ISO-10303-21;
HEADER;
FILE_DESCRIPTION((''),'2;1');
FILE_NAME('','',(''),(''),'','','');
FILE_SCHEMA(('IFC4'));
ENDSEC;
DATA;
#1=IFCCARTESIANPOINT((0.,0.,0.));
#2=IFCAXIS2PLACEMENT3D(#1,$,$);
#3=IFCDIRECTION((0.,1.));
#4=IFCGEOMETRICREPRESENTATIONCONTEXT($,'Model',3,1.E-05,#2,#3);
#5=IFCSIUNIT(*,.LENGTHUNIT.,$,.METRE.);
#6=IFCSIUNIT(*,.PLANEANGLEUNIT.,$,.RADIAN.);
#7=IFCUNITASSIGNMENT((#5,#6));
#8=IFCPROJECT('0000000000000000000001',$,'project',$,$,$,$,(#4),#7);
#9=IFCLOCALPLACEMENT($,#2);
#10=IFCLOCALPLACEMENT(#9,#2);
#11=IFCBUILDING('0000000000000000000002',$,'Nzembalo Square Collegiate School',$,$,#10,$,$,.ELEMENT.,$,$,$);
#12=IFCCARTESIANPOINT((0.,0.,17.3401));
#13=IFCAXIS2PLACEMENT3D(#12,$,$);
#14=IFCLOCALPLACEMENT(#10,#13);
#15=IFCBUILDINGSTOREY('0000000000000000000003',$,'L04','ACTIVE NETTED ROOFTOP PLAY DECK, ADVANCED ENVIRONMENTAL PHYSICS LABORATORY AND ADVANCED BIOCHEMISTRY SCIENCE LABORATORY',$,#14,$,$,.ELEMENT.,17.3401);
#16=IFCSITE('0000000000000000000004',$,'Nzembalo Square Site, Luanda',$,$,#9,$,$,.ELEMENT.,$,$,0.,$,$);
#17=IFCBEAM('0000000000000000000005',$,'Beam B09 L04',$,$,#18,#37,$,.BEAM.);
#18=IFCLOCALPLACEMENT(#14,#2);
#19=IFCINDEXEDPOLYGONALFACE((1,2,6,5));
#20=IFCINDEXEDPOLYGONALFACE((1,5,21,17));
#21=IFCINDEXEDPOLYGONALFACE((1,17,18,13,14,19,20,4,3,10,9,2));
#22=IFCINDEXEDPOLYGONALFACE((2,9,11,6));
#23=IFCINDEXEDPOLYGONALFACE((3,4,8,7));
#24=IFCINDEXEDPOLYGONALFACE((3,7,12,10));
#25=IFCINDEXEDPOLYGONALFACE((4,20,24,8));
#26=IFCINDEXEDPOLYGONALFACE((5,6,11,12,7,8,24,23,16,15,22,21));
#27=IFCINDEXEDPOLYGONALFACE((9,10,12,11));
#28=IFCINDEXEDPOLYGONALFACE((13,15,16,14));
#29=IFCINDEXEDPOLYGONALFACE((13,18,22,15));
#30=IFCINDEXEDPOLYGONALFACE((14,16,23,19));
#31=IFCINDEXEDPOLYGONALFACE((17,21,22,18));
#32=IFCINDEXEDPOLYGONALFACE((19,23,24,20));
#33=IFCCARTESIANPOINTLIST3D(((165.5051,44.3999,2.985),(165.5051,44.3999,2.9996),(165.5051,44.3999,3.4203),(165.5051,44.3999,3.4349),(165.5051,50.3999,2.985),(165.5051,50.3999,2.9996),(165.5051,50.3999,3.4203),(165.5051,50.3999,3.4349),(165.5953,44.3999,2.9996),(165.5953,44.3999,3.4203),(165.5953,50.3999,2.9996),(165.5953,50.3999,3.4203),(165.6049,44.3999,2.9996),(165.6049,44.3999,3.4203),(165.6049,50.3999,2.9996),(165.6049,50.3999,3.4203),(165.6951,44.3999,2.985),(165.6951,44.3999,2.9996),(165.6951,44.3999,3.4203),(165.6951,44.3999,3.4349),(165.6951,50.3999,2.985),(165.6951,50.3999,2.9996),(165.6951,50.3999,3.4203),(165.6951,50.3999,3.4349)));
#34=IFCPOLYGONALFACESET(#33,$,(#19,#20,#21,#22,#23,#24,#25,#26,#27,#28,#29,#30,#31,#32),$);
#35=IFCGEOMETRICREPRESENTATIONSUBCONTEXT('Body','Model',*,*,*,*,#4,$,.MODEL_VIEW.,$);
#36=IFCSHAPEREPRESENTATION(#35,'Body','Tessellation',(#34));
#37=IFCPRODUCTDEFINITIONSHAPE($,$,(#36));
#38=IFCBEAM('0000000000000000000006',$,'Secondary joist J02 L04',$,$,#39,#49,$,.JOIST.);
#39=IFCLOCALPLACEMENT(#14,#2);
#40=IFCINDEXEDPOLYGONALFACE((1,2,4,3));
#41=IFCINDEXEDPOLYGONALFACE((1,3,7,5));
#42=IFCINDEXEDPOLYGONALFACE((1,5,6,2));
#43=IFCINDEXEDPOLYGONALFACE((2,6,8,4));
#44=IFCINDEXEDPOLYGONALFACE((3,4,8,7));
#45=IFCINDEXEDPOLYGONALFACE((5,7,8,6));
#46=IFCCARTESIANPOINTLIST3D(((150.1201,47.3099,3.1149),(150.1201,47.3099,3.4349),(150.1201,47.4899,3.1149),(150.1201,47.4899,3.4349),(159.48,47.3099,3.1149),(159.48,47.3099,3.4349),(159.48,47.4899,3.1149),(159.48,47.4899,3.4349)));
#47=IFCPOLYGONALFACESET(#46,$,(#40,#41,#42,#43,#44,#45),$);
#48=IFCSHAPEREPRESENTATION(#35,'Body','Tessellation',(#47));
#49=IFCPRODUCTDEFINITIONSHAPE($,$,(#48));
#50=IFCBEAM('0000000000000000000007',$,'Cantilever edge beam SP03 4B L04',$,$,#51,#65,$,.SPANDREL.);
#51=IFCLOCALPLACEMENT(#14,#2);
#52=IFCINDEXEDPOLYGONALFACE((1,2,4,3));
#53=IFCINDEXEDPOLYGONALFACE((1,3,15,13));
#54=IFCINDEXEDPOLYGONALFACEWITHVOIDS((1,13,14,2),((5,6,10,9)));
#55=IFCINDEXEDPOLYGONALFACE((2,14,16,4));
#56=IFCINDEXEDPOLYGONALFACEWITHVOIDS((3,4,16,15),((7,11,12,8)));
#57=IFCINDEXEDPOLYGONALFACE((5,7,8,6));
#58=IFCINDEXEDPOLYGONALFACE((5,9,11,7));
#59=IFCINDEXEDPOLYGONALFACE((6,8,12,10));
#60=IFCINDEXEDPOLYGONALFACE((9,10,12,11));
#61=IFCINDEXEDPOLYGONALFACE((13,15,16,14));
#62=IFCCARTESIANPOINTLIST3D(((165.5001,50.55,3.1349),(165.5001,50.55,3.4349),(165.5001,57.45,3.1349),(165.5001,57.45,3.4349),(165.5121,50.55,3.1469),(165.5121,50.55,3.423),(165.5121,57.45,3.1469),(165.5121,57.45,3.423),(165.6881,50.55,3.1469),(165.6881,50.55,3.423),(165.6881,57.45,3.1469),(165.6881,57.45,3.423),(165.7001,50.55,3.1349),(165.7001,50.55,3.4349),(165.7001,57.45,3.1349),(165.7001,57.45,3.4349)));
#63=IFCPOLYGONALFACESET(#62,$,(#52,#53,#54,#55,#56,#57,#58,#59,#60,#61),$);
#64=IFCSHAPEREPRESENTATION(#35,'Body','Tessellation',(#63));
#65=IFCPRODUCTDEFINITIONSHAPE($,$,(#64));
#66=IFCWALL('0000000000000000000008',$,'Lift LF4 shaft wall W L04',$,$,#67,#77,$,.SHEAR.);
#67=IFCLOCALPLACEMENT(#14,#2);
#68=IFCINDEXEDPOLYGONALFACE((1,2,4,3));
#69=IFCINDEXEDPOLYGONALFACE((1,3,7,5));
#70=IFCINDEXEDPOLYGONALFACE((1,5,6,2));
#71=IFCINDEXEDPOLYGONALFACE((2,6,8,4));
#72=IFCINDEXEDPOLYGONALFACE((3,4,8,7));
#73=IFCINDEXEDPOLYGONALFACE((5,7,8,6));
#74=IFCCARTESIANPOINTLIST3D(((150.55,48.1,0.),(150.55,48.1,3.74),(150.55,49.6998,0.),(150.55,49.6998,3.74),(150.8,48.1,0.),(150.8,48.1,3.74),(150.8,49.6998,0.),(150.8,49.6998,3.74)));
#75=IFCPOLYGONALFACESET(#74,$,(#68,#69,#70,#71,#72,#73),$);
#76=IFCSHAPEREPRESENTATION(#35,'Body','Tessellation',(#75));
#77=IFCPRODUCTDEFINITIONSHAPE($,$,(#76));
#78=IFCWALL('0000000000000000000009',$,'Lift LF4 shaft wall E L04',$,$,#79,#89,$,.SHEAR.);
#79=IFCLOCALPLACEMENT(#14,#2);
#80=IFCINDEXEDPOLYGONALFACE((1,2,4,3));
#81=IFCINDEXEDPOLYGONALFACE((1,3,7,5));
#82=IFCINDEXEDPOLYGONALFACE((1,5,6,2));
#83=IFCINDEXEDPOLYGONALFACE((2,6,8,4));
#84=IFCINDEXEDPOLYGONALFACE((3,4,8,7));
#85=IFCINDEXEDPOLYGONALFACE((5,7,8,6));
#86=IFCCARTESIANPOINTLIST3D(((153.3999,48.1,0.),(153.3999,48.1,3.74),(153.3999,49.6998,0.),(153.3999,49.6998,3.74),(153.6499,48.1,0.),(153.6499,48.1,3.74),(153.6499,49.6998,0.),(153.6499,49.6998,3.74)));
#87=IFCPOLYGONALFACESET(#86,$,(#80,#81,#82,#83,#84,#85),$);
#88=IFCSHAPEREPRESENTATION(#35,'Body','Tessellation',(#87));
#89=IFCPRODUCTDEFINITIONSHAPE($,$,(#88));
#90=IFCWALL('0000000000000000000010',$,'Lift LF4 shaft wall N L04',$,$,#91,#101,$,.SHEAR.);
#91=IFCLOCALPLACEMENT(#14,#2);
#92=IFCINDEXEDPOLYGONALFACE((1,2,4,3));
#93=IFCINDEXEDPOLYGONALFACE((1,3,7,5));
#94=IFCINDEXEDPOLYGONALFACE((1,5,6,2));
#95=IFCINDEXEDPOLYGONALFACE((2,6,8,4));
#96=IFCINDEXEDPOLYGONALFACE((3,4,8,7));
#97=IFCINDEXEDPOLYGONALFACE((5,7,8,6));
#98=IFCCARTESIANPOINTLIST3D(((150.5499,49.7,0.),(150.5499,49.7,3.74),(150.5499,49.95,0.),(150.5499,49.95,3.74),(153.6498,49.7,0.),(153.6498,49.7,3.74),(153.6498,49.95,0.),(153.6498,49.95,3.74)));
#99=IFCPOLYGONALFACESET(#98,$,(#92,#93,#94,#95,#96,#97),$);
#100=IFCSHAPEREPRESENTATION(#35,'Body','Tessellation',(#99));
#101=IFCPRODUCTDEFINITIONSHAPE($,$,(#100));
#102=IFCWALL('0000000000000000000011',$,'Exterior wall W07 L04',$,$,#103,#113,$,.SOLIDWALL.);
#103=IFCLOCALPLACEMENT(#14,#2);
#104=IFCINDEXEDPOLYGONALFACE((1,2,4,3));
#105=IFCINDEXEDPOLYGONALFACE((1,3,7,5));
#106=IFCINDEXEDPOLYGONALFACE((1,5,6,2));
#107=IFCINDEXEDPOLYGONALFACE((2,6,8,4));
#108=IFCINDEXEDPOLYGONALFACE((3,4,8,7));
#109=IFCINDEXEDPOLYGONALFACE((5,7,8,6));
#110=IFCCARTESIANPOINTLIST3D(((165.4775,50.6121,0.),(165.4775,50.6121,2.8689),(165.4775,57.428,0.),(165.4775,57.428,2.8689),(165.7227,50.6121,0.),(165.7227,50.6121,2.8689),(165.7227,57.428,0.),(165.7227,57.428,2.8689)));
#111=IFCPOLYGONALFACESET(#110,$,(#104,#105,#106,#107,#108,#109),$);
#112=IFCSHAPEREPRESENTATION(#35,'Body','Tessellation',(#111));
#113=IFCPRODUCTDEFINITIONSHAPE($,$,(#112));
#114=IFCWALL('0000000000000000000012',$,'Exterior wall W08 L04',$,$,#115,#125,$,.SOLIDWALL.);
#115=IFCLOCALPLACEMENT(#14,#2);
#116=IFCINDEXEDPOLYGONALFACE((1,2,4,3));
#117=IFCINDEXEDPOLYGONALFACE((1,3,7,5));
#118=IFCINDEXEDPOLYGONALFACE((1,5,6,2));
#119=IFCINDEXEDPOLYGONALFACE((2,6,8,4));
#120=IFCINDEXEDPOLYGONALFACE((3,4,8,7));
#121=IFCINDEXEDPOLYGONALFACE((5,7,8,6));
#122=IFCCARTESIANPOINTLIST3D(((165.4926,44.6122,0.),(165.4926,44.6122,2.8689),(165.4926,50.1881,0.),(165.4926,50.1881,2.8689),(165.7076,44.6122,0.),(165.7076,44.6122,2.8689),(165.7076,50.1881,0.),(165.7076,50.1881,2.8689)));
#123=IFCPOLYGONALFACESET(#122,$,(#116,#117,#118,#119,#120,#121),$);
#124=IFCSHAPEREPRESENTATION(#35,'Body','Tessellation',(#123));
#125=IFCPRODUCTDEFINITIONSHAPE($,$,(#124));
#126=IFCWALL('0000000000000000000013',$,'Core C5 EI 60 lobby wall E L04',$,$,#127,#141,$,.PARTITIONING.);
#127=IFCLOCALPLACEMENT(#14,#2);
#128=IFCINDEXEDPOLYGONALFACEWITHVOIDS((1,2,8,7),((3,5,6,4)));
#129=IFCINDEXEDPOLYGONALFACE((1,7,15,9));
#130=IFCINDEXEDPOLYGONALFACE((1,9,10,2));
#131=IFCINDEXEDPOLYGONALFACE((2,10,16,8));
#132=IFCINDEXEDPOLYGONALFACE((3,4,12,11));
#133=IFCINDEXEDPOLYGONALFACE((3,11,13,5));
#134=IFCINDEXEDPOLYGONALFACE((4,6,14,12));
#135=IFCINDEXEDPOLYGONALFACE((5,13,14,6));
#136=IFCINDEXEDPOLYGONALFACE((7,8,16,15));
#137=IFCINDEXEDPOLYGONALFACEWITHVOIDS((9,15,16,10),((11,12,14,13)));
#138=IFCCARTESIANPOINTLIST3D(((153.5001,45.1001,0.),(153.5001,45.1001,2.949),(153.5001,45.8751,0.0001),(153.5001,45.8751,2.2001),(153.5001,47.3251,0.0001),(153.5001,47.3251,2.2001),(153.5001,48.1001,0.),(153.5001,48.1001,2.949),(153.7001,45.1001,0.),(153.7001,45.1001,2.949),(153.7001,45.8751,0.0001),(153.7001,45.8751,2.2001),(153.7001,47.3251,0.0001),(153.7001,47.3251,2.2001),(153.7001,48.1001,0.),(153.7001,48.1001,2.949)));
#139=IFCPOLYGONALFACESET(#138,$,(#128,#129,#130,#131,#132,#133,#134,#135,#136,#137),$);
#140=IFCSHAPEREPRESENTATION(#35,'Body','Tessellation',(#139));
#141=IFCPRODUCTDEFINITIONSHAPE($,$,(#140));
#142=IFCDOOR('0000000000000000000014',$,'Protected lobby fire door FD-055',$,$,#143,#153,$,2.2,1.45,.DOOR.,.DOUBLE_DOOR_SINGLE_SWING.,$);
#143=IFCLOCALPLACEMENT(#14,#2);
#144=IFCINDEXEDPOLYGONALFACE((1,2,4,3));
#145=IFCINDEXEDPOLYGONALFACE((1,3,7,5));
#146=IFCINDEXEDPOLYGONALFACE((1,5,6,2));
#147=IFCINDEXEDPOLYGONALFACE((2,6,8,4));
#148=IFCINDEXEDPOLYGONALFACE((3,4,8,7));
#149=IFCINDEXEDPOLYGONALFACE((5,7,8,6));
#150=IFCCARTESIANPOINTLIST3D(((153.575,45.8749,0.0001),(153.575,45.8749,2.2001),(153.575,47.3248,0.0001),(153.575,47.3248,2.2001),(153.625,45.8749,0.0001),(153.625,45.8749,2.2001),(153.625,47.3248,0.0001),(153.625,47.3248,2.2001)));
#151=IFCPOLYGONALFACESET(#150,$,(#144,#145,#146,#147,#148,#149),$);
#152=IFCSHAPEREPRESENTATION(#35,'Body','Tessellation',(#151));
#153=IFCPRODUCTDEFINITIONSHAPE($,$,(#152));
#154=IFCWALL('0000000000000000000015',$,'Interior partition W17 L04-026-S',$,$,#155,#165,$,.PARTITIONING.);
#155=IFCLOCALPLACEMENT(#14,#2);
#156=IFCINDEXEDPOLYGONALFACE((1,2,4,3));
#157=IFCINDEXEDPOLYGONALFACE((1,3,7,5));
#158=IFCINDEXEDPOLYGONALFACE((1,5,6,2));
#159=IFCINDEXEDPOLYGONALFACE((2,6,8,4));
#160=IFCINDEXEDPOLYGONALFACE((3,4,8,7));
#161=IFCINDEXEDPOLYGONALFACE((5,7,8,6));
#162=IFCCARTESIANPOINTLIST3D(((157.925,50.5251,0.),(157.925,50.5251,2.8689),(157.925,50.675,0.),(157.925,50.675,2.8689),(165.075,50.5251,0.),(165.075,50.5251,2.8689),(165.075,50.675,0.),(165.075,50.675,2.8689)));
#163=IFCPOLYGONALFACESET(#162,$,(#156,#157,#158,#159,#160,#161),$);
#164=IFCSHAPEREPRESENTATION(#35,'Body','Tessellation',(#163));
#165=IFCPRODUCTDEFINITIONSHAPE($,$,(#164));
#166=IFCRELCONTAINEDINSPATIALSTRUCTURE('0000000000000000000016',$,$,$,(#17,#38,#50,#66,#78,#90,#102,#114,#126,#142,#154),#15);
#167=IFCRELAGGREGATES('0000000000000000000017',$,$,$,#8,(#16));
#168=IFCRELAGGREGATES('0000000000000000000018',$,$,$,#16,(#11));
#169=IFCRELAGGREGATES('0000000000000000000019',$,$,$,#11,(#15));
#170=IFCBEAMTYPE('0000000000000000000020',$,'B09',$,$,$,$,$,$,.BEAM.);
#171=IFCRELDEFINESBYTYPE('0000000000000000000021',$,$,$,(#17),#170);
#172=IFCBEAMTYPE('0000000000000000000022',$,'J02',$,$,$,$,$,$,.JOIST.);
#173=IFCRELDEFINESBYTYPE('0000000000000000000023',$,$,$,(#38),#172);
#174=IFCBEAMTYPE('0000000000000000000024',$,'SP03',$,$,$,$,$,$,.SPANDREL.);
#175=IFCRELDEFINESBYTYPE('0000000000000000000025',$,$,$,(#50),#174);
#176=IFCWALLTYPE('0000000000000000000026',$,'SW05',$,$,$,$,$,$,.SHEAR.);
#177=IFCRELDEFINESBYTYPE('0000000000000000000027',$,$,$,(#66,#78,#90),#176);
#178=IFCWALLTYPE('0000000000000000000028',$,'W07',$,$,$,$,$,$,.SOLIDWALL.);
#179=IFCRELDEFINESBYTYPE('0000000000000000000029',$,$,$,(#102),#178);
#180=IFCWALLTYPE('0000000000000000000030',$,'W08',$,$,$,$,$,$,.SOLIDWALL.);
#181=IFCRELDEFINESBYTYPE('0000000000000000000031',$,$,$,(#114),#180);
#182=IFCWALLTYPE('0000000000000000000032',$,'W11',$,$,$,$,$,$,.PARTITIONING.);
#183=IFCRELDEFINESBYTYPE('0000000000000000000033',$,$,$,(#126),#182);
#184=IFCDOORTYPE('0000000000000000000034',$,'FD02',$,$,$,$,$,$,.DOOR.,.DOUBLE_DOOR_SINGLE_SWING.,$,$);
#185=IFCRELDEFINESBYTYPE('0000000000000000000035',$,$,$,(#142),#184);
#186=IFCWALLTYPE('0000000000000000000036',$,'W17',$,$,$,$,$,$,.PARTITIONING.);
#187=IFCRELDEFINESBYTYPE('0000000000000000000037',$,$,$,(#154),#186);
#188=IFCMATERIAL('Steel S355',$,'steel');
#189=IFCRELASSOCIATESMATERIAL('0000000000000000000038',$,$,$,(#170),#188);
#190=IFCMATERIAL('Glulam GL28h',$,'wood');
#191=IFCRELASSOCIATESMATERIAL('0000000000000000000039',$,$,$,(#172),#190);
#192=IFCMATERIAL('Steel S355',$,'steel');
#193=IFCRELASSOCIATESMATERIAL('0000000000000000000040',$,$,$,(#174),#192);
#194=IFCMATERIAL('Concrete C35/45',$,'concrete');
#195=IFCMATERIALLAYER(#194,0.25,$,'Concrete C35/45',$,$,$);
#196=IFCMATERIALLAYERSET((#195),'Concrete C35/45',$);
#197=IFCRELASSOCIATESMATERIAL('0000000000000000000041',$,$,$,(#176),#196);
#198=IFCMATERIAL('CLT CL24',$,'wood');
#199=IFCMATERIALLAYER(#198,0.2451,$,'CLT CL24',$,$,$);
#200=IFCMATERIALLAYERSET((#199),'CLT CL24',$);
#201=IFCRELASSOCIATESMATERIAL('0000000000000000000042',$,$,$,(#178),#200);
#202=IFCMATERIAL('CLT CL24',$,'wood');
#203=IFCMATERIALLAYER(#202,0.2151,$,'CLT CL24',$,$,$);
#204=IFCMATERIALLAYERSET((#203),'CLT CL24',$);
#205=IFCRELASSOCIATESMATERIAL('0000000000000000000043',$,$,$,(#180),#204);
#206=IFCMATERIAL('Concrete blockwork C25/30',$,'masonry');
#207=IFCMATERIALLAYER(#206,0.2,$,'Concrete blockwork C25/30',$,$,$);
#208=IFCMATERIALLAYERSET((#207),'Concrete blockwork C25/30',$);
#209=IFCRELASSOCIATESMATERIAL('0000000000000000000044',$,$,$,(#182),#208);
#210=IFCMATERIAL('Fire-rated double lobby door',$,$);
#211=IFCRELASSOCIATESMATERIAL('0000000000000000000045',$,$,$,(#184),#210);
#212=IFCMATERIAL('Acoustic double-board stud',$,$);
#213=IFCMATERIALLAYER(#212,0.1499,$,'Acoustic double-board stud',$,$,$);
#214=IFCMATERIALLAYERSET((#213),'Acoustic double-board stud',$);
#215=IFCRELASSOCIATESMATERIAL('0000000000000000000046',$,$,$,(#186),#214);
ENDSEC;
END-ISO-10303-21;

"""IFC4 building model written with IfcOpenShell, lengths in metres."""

from ifc_helpers import new_model, si_unit, direction, frame, frame_2d, origin, origin_2d, place, context, subcontext, project, spatial, rectangle, hollow_rectangle, i_section, extrude, material, layer, layer_set, material_profile, profile_set, type_object, element, fill, save


model = new_model("IFC4")

# Units and contexts
model_context = context("Model", 3, precision=1e-05, world=origin(), true_north=direction((0.0, 1.0)))
body_context = subcontext(model_context, "Body", "Model", "MODEL_VIEW")
ifc_project = project(units=[si_unit("LENGTHUNIT", "METRE"), si_unit("PLANEANGLEUNIT", "RADIAN")], contexts=[model_context])

# Site, building, storey
site_placement = place(None, origin())
site = spatial("IfcSite", under=ifc_project, at=site_placement, Name="Nzembalo Square Site, Luanda", CompositionType="ELEMENT", RefElevation=0.0)
building_placement = place(site_placement, origin())
building = spatial("IfcBuilding", under=site, at=building_placement, Name="Nzembalo Square Collegiate School", CompositionType="ELEMENT")
storey_placement = place(building_placement, frame((0.0, 0.0, 17.3401)))
storey = spatial("IfcBuildingStorey", under=building, at=storey_placement, Name="L04", Description="ACTIVE NETTED ROOFTOP PLAY DECK, ADVANCED ENVIRONMENTAL PHYSICS LABORATORY AND ADVANCED BIOCHEMISTRY SCIENCE LABORATORY", CompositionType="ELEMENT", Elevation=17.3401)

# Beams
ifc_material_1 = material(Name="Steel S355", Category="steel")
ifc_material_profile_1 = material_profile(ifc_material_1, i_section(OverallWidth=0.1899, OverallDepth=0.45, WebThickness=0.0095, FlangeThickness=0.0146, at=origin_2d()), Name="IPE 450")
ifc_profile_set_1 = profile_set([ifc_material_profile_1], Name="Steel S355")
beam_type_1 = type_object("IfcBeamType", Name="B09", PredefinedType="BEAM", material=ifc_profile_set_1)
beam_1_placement = place(storey_placement, frame((165.6001, 44.3999, 3.21), z_axis=(0.0, 1.0, 0.0), x_axis=(-1.0, 0.0, 0.0)))
element("IfcBeam", 1, at=beam_1_placement, inside=storey, type_object=beam_type_1, Name="Beam B09 L04", PredefinedType="BEAM", context=body_context, shape_type="SweptSolid", body=[
    extrude(i_section(OverallWidth=0.1899, OverallDepth=0.45, WebThickness=0.0095, FlangeThickness=0.0146, at=origin_2d()), origin(), (0.0, 0.0, 1.0), 6.0),
])
ifc_material_2 = material(Name="Glulam GL28h", Category="wood")
ifc_material_profile_2 = material_profile(ifc_material_2, rectangle(XDim=0.1799, YDim=0.3201, at=origin_2d()), Name="GL28h 180x320")
ifc_profile_set_2 = profile_set([ifc_material_profile_2], Name="Glulam GL28h")
beam_type_2 = type_object("IfcBeamType", Name="J02", PredefinedType="JOIST", material=ifc_profile_set_2)
beam_2_placement = place(storey_placement, frame((150.1201, 47.3999, 3.2749), z_axis=(1.0, 0.0, 0.0), x_axis=(0.0, 1.0, 0.0)))
element("IfcBeam", 2, at=beam_2_placement, inside=storey, type_object=beam_type_2, Name="Secondary joist J02 L04", PredefinedType="JOIST", context=body_context, shape_type="SweptSolid", body=[
    extrude(rectangle(XDim=0.1799, YDim=0.3201, at=origin_2d()), origin(), (0.0, 0.0, 1.0), 9.3599),
])
ifc_material_3 = material(Name="Steel S355", Category="steel")
ifc_material_profile_3 = material_profile(ifc_material_3, hollow_rectangle(XDim=0.2, YDim=0.3, WallThickness=0.012, at=origin_2d()), Name="RHS 300x200x12")
ifc_profile_set_3 = profile_set([ifc_material_profile_3], Name="Steel S355")
beam_type_3 = type_object("IfcBeamType", Name="SP03", PredefinedType="SPANDREL", material=ifc_profile_set_3)
beam_3_placement = place(storey_placement, frame((165.6001, 50.55, 3.2849), z_axis=(0.0, 1.0, 0.0), x_axis=(-1.0, 0.0, 0.0)))
element("IfcBeam", 3, at=beam_3_placement, inside=storey, type_object=beam_type_3, Name="Cantilever edge beam SP03 4B L04", PredefinedType="SPANDREL", context=body_context, shape_type="SweptSolid", body=[
    extrude(hollow_rectangle(XDim=0.2, YDim=0.3, WallThickness=0.012, at=origin_2d()), origin(), (0.0, 0.0, 1.0), 6.8999),
])

# Walls
ifc_material_4 = material(Name="Concrete C35/45", Category="concrete")
ifc_layer_1 = layer(ifc_material_4, 0.25, Name="Concrete C35/45")
ifc_layer_set_1 = layer_set([ifc_layer_1], Name="Concrete C35/45")
wall_type_1 = type_object("IfcWallType", Name="SW05", PredefinedType="SHEAR", material=ifc_layer_set_1)
for number, where, z_axis, x_axis, name in (
    (4, (150.675, 48.1001, 0.0), (0.0, 0.0, 1.0), (0.0, 1.0, 0.0), "Lift LF4 shaft wall W L04"),
    (5, (153.5249, 48.1001, 0.0), (0.0, 0.0, 1.0), (0.0, 1.0, 0.0), "Lift LF4 shaft wall E L04"),
):
    element("IfcWall", number, at=place(storey_placement, frame(where, z_axis=z_axis, x_axis=x_axis)), inside=storey, type_object=wall_type_1, Name=name, PredefinedType="SHEAR", context=body_context, shape_type="SweptSolid", body=[
        extrude(rectangle(XDim=1.5999, YDim=0.25, at=frame_2d((0.7998, 0.0))), origin(), (0.0, 0.0, 1.0), 3.74),
    ])
wall_1_placement = place(storey_placement, frame((150.55, 49.825, 0.0), z_axis=(0.0, 0.0, 1.0), x_axis=(1.0, 0.0, 0.0)))
element("IfcWall", 6, at=wall_1_placement, inside=storey, type_object=wall_type_1, Name="Lift LF4 shaft wall N L04", PredefinedType="SHEAR", context=body_context, shape_type="SweptSolid", body=[
    extrude(rectangle(XDim=3.0999, YDim=0.25, at=frame_2d((1.5498, 0.0))), origin(), (0.0, 0.0, 1.0), 3.74),
])

# Walls
ifc_material_5 = material(Name="CLT CL24", Category="wood")
ifc_layer_2 = layer(ifc_material_5, 0.2451, Name="CLT CL24")
ifc_layer_set_2 = layer_set([ifc_layer_2], Name="CLT CL24")
wall_type_2 = type_object("IfcWallType", Name="W07", PredefinedType="SOLIDWALL", material=ifc_layer_set_2)
wall_2_placement = place(storey_placement, frame((165.6001, 50.6121, 0.0), z_axis=(0.0, 0.0, 1.0), x_axis=(0.0, 1.0, 0.0)))
element("IfcWall", 7, at=wall_2_placement, inside=storey, type_object=wall_type_2, Name="Exterior wall W07 L04", PredefinedType="SOLIDWALL", context=body_context, shape_type="SweptSolid", body=[
    extrude(rectangle(XDim=6.8159, YDim=0.2451, at=frame_2d((3.408, 0.0))), origin(), (0.0, 0.0, 1.0), 2.8689),
])
ifc_material_6 = material(Name="CLT CL24", Category="wood")
ifc_layer_3 = layer(ifc_material_6, 0.2151, Name="CLT CL24")
ifc_layer_set_3 = layer_set([ifc_layer_3], Name="CLT CL24")
wall_type_3 = type_object("IfcWallType", Name="W08", PredefinedType="SOLIDWALL", material=ifc_layer_set_3)
wall_3_placement = place(storey_placement, frame((165.6001, 44.6121, 0.0), z_axis=(0.0, 0.0, 1.0), x_axis=(0.0, 1.0, 0.0)))
element("IfcWall", 8, at=wall_3_placement, inside=storey, type_object=wall_type_3, Name="Exterior wall W08 L04", PredefinedType="SOLIDWALL", context=body_context, shape_type="SweptSolid", body=[
    extrude(rectangle(XDim=5.5759, YDim=0.2151, at=frame_2d((2.7881, 0.0))), origin(), (0.0, 0.0, 1.0), 2.8689),
])

# Wall, opening, door
ifc_material_7 = material(Name="Concrete blockwork C25/30", Category="masonry")
ifc_layer_4 = layer(ifc_material_7, 0.2, Name="Concrete blockwork C25/30")
ifc_layer_set_4 = layer_set([ifc_layer_4], Name="Concrete blockwork C25/30")
wall_type_4 = type_object("IfcWallType", Name="W11", PredefinedType="PARTITIONING", material=ifc_layer_set_4)
wall_4_placement = place(storey_placement, frame((153.6001, 45.1001, 0.0), z_axis=(0.0, 0.0, 1.0), x_axis=(0.0, 1.0, 0.0)))
wall_4 = element("IfcWall", 9, at=wall_4_placement, inside=storey, type_object=wall_type_4, Name="Core C5 EI 60 lobby wall E L04", PredefinedType="PARTITIONING", context=body_context, shape_type="SweptSolid", body=[
    extrude(rectangle(XDim=3.0, YDim=0.2, at=frame_2d((1.5, 0.0))), origin(), (0.0, 0.0, 1.0), 2.949),
])
opening_1_placement = place(wall_4_placement, frame((0.7749, 0.0, 0.0)))
opening_1 = element("IfcOpeningElement", 10, at=opening_1_placement, cuts=wall_4, PredefinedType="OPENING", context=body_context, shape_type="SweptSolid", body=[
    extrude(rectangle(XDim=1.45, YDim=2.2, at=frame_2d((0.7251, 1.1001))), frame((0.0, 0.1099, 0.0), z_axis=(0.0, -1.0, 0.0), x_axis=(1.0, 0.0, 0.0)), (0.0, 0.0, 1.0), 0.22),
])
ifc_material_8 = material(Name="Fire-rated double lobby door")
door_type_1 = type_object("IfcDoorType", Name="FD02", OperationType="DOUBLE_DOOR_SINGLE_SWING", PredefinedType="DOOR", material=ifc_material_8)
door_1_placement = place(opening_1_placement, frame((1.45, 0.0, 0.0), z_axis=(0.0, 0.0, 1.0), x_axis=(-1.0, 0.0, 0.0)))
door_1 = element("IfcDoor", 11, at=door_1_placement, inside=storey, type_object=door_type_1, Name="Protected lobby fire door FD-055", OperationType="DOUBLE_DOOR_SINGLE_SWING", OverallHeight=2.2, OverallWidth=1.45, PredefinedType="DOOR", context=body_context, shape_type="SweptSolid", body=[
    extrude(rectangle(XDim=1.45, YDim=2.2, at=frame_2d((0.7251, 1.1001))), frame((0.0, 0.0249, 0.0), z_axis=(0.0, -1.0, 0.0), x_axis=(1.0, 0.0, 0.0)), (0.0, 0.0, 1.0), 0.05),
])
fill(opening_1, door_1)

# Wall
ifc_material_9 = material(Name="Acoustic double-board stud")
ifc_layer_5 = layer(ifc_material_9, 0.1499, Name="Acoustic double-board stud")
ifc_layer_set_5 = layer_set([ifc_layer_5], Name="Acoustic double-board stud")
wall_type_5 = type_object("IfcWallType", Name="W17", PredefinedType="PARTITIONING", material=ifc_layer_set_5)
wall_5_placement = place(storey_placement, frame((157.925, 50.6001, 0.0), z_axis=(0.0, 0.0, 1.0), x_axis=(1.0, 0.0, 0.0)))
element("IfcWall", 12, at=wall_5_placement, inside=storey, type_object=wall_type_5, Name="Interior partition W17 L04-026-S", PredefinedType="PARTITIONING", context=body_context, shape_type="SweptSolid", body=[
    extrude(rectangle(XDim=7.1499, YDim=0.1499, at=frame_2d((3.575, 0.0))), origin(), (0.0, 0.0, 1.0), 2.8689),
])

save(model, "model.ifc")
